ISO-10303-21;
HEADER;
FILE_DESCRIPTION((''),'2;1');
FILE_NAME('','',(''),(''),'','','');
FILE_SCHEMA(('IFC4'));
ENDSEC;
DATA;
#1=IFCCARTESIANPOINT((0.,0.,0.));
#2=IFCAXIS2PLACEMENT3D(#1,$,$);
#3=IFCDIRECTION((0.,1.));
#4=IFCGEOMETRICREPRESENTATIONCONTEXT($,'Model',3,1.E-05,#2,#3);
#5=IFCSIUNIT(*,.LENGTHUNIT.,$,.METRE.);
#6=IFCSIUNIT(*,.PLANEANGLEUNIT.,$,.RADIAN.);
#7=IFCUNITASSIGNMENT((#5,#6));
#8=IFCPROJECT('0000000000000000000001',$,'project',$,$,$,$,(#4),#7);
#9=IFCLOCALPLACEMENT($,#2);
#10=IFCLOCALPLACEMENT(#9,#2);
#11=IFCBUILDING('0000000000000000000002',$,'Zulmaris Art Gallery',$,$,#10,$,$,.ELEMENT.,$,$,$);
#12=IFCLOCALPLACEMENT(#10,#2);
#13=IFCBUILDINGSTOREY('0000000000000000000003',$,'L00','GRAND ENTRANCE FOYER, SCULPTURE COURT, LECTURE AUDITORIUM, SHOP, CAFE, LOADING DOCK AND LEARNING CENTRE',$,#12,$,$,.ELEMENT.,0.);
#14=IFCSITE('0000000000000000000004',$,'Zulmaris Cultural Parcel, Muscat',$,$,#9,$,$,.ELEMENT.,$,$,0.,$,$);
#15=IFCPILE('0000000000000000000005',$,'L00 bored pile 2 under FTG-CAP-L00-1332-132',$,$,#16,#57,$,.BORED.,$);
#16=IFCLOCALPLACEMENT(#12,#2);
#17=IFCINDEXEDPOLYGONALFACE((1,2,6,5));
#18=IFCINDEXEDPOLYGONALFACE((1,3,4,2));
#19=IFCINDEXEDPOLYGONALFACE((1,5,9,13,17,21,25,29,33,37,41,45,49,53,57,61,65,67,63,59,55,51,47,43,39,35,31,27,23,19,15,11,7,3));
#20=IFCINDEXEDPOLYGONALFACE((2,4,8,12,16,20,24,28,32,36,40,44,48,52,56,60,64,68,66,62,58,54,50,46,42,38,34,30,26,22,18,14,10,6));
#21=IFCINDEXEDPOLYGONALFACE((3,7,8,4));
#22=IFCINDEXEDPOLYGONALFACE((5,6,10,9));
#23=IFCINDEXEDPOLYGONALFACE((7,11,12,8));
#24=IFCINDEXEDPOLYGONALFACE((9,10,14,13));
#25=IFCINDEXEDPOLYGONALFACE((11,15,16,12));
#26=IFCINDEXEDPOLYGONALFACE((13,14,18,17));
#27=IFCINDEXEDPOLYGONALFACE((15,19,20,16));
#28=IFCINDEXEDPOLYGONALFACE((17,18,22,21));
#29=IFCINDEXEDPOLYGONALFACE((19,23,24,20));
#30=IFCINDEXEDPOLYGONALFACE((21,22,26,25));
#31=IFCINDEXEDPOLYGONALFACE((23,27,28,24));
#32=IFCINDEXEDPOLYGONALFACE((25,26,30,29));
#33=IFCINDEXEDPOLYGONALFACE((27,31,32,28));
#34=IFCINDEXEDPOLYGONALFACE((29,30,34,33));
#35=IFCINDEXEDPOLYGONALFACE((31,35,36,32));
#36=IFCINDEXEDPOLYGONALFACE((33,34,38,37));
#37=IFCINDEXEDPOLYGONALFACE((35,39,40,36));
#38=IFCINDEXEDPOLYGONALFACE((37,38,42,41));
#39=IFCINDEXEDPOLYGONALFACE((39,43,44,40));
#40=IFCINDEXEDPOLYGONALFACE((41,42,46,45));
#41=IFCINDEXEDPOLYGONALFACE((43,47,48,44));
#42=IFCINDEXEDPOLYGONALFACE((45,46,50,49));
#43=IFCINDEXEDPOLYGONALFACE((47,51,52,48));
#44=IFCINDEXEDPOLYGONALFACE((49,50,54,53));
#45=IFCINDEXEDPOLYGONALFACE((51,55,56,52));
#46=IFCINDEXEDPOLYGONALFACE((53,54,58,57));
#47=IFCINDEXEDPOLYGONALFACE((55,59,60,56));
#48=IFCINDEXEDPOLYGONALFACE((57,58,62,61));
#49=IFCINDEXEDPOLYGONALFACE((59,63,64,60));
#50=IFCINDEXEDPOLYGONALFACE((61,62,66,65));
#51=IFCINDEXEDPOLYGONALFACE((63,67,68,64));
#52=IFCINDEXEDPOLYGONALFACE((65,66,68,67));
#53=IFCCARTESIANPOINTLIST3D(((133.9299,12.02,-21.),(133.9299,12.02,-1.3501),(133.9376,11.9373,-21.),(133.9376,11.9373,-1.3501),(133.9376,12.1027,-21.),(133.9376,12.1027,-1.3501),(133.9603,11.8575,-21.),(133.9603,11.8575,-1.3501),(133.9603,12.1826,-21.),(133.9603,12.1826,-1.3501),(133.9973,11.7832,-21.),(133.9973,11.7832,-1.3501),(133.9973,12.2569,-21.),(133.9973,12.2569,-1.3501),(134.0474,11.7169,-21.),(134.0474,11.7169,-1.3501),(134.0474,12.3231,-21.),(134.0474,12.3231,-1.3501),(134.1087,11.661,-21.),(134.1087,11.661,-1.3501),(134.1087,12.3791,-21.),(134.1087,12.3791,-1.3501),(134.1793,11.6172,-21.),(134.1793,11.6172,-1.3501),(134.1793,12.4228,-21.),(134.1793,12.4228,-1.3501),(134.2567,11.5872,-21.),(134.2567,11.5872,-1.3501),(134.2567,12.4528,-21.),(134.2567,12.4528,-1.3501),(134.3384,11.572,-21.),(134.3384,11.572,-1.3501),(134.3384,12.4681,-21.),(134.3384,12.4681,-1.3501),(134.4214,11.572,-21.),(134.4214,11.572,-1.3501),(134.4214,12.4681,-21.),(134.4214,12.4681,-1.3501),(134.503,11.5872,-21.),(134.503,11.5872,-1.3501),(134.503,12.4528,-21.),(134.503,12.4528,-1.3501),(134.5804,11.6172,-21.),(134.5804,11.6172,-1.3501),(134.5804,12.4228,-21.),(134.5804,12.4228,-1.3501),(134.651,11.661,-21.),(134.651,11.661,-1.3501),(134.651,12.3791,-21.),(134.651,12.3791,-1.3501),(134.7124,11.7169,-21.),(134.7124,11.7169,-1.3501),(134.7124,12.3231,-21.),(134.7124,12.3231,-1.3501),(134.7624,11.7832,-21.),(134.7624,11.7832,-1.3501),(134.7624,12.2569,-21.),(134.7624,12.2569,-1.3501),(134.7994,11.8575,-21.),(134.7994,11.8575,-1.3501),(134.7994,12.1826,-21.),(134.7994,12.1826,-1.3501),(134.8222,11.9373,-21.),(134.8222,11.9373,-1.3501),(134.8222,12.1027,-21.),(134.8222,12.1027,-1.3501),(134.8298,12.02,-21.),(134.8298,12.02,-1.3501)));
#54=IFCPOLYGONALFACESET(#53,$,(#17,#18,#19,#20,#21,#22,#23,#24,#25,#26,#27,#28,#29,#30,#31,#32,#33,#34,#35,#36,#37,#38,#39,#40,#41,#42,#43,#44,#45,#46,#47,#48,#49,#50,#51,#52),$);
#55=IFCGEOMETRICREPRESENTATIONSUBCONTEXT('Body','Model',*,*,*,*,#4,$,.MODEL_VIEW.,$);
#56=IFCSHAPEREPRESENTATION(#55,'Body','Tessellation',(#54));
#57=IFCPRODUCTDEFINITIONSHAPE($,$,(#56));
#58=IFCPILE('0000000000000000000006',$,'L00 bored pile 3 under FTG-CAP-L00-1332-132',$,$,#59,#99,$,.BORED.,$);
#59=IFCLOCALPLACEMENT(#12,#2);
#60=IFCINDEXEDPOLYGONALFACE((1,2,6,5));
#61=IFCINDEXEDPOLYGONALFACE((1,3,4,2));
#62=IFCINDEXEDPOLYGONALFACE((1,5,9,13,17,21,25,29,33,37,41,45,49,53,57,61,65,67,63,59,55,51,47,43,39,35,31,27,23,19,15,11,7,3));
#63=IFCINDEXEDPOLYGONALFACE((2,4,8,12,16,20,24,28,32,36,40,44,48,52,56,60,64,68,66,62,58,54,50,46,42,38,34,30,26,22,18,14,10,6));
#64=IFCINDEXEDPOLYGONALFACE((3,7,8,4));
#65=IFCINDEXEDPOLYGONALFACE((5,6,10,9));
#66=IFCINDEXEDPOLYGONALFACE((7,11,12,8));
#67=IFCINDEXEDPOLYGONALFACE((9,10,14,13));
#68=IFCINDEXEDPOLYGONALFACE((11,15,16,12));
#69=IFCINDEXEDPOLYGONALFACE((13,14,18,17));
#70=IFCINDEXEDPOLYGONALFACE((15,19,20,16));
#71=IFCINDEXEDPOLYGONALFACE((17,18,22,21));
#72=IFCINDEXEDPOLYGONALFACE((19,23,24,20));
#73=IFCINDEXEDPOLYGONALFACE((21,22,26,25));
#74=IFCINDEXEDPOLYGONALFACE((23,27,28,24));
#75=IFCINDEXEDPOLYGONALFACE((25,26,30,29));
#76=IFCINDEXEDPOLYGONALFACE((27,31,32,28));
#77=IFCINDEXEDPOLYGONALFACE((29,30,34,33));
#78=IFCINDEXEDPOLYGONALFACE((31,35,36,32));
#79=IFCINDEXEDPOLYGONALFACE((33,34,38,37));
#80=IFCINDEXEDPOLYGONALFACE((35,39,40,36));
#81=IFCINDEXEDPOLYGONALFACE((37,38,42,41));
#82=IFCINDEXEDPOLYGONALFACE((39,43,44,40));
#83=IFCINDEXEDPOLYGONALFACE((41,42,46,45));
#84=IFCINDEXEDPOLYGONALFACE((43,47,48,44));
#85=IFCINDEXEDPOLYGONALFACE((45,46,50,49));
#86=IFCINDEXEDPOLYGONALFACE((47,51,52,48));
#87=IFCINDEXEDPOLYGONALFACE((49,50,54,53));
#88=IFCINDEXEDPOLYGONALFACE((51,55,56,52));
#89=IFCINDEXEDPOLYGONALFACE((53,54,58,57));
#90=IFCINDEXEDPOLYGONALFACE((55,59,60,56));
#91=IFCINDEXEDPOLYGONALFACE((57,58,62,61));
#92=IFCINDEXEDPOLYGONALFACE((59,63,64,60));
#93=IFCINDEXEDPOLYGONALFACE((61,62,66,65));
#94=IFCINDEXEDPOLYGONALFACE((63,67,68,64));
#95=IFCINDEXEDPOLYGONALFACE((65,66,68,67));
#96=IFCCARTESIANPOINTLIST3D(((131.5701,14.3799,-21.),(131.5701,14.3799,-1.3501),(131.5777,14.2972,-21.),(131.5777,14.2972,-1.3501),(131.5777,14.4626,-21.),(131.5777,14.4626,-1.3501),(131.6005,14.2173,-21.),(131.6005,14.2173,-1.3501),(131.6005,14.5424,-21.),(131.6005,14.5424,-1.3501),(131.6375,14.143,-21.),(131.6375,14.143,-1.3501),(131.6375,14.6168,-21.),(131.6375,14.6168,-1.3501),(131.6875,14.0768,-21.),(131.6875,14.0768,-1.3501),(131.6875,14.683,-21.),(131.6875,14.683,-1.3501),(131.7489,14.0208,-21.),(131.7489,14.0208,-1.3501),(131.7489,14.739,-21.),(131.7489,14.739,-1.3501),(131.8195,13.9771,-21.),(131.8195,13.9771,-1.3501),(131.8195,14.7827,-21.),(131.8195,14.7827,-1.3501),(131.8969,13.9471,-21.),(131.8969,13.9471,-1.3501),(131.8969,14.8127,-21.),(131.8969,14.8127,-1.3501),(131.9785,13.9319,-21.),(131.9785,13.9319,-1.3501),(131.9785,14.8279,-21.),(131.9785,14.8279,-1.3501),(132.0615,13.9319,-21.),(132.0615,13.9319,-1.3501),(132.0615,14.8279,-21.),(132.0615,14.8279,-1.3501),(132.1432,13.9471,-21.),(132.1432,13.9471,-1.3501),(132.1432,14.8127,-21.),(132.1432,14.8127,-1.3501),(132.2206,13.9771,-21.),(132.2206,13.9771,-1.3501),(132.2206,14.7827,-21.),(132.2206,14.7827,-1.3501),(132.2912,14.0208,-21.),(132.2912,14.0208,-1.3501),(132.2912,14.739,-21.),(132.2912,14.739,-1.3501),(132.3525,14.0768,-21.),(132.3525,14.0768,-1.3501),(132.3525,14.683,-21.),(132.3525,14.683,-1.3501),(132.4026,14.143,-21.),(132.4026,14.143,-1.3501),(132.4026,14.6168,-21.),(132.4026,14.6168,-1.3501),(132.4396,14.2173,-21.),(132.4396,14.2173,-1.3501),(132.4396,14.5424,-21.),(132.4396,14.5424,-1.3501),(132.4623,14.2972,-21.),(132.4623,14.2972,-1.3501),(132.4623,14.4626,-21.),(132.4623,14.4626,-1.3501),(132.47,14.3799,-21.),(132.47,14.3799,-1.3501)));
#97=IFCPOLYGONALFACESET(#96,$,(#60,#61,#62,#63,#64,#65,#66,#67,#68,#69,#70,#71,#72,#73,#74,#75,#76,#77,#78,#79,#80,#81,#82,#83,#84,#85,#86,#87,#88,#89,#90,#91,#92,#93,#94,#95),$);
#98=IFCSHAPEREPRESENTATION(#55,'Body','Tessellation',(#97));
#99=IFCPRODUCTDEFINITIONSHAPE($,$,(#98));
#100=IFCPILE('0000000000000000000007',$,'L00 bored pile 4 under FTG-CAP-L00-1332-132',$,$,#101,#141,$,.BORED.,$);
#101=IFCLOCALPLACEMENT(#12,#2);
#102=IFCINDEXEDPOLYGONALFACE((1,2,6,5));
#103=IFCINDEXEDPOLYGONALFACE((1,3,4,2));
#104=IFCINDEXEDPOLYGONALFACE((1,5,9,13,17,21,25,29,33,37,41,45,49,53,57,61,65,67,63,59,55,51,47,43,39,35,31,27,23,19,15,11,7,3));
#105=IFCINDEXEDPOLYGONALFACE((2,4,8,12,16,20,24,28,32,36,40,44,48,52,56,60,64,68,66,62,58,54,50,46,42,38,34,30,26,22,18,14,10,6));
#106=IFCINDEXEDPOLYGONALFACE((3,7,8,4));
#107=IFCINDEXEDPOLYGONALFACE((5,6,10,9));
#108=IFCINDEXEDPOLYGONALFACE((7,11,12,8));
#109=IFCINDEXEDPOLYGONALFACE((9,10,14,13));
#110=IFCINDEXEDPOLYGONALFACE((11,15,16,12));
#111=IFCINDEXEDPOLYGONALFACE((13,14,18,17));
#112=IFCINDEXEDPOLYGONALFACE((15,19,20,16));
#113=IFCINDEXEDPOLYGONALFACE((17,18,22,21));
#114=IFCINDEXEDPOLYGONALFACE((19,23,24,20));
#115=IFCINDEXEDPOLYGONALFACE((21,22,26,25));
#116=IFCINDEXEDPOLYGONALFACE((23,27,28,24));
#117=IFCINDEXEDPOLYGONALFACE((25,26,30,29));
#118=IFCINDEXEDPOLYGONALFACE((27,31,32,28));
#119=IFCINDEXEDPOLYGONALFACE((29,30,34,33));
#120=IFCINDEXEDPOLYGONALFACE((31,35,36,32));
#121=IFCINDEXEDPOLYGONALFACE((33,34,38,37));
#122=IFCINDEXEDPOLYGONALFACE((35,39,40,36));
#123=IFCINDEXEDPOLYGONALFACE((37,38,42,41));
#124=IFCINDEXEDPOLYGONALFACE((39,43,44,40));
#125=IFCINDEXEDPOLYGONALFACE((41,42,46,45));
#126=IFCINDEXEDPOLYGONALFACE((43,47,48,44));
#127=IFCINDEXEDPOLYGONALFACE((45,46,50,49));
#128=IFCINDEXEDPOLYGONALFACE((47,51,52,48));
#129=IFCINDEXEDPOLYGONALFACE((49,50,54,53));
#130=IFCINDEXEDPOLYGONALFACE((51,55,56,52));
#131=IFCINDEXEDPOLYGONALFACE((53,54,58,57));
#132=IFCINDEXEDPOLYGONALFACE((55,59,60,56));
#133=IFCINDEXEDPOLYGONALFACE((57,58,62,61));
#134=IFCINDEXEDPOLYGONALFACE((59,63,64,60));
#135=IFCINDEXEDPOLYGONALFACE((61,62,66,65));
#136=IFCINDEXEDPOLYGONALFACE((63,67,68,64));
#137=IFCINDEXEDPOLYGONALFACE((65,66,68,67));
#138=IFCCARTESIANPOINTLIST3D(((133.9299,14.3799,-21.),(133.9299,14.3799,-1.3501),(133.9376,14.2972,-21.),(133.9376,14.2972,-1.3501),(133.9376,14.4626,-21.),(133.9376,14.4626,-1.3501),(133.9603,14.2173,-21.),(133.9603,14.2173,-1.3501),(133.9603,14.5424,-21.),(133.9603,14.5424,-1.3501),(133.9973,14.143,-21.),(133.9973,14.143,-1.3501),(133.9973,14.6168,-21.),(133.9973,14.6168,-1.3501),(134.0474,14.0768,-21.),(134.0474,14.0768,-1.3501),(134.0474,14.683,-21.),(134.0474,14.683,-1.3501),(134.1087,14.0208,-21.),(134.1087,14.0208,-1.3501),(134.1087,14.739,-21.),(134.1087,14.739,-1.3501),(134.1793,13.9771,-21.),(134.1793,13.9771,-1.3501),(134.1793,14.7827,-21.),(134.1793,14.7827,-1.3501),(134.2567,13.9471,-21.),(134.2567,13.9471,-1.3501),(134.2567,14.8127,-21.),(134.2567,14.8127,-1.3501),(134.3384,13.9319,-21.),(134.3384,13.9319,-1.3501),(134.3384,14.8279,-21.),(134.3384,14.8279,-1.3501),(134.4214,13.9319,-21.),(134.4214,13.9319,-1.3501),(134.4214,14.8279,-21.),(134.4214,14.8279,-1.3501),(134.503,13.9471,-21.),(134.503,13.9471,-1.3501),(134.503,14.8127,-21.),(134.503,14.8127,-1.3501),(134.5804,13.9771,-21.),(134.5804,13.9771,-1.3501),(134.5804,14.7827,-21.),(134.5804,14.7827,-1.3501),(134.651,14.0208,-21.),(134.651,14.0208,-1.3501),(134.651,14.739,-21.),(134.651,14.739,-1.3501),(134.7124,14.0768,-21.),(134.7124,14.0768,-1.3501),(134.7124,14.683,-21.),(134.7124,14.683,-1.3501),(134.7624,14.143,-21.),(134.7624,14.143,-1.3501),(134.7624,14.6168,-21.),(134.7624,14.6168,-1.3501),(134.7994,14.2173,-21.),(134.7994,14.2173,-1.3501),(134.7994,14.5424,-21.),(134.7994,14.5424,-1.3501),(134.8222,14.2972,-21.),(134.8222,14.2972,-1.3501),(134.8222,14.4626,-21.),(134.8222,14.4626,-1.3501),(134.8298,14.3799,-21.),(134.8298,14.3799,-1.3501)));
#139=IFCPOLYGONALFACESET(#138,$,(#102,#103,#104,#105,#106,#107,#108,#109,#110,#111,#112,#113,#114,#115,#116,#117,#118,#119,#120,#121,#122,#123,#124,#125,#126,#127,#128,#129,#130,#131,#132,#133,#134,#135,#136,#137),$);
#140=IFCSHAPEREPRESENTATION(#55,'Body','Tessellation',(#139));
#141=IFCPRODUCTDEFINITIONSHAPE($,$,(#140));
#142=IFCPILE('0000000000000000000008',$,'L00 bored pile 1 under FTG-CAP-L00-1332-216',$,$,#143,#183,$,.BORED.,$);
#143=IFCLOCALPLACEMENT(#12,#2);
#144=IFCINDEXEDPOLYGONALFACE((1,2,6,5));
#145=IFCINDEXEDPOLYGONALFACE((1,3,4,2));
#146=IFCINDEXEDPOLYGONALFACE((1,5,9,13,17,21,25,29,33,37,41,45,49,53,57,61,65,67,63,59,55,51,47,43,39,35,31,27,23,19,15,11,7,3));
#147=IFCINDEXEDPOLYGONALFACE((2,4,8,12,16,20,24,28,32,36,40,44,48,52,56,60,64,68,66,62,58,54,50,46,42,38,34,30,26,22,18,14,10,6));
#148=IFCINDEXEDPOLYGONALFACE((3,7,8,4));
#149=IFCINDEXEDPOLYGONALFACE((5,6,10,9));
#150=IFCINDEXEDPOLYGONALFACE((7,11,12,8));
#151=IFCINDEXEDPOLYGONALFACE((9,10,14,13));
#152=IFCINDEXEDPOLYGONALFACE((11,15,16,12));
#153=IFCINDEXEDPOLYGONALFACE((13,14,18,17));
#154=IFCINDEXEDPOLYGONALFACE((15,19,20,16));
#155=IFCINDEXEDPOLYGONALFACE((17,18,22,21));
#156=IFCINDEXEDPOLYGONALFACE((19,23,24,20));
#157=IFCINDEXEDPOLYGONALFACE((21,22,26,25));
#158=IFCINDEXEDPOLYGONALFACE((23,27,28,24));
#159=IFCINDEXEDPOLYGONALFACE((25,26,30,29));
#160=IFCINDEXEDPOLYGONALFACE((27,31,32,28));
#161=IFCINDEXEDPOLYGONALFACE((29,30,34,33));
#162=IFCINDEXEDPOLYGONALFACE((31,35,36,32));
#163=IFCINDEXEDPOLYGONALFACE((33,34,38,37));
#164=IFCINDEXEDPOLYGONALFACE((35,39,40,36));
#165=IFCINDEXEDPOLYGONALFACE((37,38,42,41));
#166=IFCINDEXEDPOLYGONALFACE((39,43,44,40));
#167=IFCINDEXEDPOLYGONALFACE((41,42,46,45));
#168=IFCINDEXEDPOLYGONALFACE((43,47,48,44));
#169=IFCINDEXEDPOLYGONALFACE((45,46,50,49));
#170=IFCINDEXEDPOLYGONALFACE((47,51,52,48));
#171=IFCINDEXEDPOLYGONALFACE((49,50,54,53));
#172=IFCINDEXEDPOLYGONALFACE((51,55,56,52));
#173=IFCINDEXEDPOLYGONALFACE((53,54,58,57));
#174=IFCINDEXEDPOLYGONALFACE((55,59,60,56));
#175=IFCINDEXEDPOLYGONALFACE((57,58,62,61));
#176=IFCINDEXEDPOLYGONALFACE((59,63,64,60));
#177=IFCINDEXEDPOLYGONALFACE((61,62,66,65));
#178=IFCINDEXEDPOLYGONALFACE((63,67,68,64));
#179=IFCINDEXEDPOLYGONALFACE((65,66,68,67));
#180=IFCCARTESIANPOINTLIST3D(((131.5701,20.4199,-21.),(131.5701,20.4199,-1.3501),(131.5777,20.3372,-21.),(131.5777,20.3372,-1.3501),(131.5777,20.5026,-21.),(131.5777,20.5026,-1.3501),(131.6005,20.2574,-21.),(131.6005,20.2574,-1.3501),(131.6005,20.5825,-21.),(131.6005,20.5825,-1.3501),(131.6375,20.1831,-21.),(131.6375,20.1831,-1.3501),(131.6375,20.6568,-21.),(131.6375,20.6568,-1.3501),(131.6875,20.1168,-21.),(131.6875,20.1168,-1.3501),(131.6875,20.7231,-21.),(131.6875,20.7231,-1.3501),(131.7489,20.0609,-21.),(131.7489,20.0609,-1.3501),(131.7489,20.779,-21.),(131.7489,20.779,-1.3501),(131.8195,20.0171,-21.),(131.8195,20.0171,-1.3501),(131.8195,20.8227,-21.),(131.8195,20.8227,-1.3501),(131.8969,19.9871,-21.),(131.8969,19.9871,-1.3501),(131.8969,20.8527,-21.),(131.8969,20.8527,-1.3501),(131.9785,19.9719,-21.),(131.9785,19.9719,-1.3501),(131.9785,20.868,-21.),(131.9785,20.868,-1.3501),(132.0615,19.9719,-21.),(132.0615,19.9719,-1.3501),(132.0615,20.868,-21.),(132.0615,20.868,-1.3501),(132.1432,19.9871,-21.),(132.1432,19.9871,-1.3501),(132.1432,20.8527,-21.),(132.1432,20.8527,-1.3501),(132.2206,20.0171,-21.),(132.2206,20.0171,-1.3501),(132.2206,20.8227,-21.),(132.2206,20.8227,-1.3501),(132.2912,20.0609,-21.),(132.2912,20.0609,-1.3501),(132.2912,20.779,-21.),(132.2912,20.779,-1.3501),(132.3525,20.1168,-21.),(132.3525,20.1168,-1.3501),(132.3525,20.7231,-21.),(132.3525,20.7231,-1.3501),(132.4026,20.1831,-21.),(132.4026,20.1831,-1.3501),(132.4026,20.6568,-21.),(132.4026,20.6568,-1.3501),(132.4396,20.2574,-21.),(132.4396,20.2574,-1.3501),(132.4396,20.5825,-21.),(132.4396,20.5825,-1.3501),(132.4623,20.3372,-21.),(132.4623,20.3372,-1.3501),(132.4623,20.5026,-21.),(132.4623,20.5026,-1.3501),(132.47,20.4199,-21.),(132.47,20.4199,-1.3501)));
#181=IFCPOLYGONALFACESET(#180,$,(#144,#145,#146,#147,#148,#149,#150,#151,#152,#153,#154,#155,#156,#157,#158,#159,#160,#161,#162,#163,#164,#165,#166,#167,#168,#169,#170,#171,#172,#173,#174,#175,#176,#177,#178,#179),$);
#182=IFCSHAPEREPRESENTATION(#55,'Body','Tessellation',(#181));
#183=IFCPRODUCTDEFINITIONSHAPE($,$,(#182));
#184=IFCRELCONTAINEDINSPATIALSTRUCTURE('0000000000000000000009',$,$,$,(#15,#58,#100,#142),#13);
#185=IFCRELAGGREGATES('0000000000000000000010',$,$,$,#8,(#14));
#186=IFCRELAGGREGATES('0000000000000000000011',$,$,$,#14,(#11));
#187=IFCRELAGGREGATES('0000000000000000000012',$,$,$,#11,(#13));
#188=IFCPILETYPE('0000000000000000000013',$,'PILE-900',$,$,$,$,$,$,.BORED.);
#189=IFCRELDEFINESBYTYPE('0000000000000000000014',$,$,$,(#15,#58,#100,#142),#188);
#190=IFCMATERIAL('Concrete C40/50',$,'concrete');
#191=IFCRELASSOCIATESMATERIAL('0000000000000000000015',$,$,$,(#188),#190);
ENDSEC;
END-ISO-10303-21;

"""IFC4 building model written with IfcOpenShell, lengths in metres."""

from ifc_helpers import new_model, si_unit, direction, frame, origin, origin_2d, place, context, subcontext, project, spatial, circle, extrude, material, material_profile, profile_set, type_object, element, save


model = new_model("IFC4")

# Units and contexts
model_context = context("Model", 3, precision=1e-05, world=origin(), true_north=direction((0.0, 1.0)))
body_context = subcontext(model_context, "Body", "Model", "MODEL_VIEW")
ifc_project = project(units=[si_unit("LENGTHUNIT", "METRE"), si_unit("PLANEANGLEUNIT", "RADIAN")], contexts=[model_context])

# Site, building, storey
site_placement = place(None, origin())
site = spatial("IfcSite", under=ifc_project, at=site_placement, Name="Zulmaris Cultural Parcel, Muscat", CompositionType="ELEMENT", RefElevation=0.0)
building_placement = place(site_placement, origin())
building = spatial("IfcBuilding", under=site, at=building_placement, Name="Zulmaris Art Gallery", CompositionType="ELEMENT")
storey_placement = place(building_placement, origin())
storey = spatial("IfcBuildingStorey", under=building, at=storey_placement, Name="L00", Description="GRAND ENTRANCE FOYER, SCULPTURE COURT, LECTURE AUDITORIUM, SHOP, CAFE, LOADING DOCK AND LEARNING CENTRE", CompositionType="ELEMENT", Elevation=0.0)

# Piles
ifc_material_1 = material(Name="Concrete C40/50", Category="concrete")
ifc_material_profile_1 = material_profile(ifc_material_1, circle(Radius=0.45, at=origin_2d()), Name="PILE DIA 900")
ifc_profile_set_1 = profile_set([ifc_material_profile_1], Name="Concrete C40/50")
pile_type_1 = type_object("IfcPileType", Name="PILE-900", PredefinedType="BORED", material=ifc_profile_set_1)
for number, where, z_axis, x_axis, name in (
    (1, (134.3799, 12.02, -1.3501), (0.0, 0.0, -1.0), (1.0, 0.0, 0.0), "L00 bored pile 2 under FTG-CAP-L00-1332-132"),
    (2, (132.02, 14.3799, -1.3501), (0.0, 0.0, -1.0), (1.0, 0.0, 0.0), "L00 bored pile 3 under FTG-CAP-L00-1332-132"),
    (3, (134.3799, 14.3799, -1.3501), (0.0, 0.0, -1.0), (1.0, 0.0, 0.0), "L00 bored pile 4 under FTG-CAP-L00-1332-132"),
    (4, (132.02, 20.4199, -1.3501), (0.0, 0.0, -1.0), (1.0, 0.0, 0.0), "L00 bored pile 1 under FTG-CAP-L00-1332-216"),
):
    element("IfcPile", number, at=place(storey_placement, frame(where, z_axis=z_axis, x_axis=x_axis)), inside=storey, type_object=pile_type_1, Name=name, PredefinedType="BORED", context=body_context, shape_type="SweptSolid", body=[
        extrude(circle(Radius=0.45, at=origin_2d()), origin(), (0.0, 0.0, 1.0), 19.6499),
    ])

save(model, "model.ifc")
